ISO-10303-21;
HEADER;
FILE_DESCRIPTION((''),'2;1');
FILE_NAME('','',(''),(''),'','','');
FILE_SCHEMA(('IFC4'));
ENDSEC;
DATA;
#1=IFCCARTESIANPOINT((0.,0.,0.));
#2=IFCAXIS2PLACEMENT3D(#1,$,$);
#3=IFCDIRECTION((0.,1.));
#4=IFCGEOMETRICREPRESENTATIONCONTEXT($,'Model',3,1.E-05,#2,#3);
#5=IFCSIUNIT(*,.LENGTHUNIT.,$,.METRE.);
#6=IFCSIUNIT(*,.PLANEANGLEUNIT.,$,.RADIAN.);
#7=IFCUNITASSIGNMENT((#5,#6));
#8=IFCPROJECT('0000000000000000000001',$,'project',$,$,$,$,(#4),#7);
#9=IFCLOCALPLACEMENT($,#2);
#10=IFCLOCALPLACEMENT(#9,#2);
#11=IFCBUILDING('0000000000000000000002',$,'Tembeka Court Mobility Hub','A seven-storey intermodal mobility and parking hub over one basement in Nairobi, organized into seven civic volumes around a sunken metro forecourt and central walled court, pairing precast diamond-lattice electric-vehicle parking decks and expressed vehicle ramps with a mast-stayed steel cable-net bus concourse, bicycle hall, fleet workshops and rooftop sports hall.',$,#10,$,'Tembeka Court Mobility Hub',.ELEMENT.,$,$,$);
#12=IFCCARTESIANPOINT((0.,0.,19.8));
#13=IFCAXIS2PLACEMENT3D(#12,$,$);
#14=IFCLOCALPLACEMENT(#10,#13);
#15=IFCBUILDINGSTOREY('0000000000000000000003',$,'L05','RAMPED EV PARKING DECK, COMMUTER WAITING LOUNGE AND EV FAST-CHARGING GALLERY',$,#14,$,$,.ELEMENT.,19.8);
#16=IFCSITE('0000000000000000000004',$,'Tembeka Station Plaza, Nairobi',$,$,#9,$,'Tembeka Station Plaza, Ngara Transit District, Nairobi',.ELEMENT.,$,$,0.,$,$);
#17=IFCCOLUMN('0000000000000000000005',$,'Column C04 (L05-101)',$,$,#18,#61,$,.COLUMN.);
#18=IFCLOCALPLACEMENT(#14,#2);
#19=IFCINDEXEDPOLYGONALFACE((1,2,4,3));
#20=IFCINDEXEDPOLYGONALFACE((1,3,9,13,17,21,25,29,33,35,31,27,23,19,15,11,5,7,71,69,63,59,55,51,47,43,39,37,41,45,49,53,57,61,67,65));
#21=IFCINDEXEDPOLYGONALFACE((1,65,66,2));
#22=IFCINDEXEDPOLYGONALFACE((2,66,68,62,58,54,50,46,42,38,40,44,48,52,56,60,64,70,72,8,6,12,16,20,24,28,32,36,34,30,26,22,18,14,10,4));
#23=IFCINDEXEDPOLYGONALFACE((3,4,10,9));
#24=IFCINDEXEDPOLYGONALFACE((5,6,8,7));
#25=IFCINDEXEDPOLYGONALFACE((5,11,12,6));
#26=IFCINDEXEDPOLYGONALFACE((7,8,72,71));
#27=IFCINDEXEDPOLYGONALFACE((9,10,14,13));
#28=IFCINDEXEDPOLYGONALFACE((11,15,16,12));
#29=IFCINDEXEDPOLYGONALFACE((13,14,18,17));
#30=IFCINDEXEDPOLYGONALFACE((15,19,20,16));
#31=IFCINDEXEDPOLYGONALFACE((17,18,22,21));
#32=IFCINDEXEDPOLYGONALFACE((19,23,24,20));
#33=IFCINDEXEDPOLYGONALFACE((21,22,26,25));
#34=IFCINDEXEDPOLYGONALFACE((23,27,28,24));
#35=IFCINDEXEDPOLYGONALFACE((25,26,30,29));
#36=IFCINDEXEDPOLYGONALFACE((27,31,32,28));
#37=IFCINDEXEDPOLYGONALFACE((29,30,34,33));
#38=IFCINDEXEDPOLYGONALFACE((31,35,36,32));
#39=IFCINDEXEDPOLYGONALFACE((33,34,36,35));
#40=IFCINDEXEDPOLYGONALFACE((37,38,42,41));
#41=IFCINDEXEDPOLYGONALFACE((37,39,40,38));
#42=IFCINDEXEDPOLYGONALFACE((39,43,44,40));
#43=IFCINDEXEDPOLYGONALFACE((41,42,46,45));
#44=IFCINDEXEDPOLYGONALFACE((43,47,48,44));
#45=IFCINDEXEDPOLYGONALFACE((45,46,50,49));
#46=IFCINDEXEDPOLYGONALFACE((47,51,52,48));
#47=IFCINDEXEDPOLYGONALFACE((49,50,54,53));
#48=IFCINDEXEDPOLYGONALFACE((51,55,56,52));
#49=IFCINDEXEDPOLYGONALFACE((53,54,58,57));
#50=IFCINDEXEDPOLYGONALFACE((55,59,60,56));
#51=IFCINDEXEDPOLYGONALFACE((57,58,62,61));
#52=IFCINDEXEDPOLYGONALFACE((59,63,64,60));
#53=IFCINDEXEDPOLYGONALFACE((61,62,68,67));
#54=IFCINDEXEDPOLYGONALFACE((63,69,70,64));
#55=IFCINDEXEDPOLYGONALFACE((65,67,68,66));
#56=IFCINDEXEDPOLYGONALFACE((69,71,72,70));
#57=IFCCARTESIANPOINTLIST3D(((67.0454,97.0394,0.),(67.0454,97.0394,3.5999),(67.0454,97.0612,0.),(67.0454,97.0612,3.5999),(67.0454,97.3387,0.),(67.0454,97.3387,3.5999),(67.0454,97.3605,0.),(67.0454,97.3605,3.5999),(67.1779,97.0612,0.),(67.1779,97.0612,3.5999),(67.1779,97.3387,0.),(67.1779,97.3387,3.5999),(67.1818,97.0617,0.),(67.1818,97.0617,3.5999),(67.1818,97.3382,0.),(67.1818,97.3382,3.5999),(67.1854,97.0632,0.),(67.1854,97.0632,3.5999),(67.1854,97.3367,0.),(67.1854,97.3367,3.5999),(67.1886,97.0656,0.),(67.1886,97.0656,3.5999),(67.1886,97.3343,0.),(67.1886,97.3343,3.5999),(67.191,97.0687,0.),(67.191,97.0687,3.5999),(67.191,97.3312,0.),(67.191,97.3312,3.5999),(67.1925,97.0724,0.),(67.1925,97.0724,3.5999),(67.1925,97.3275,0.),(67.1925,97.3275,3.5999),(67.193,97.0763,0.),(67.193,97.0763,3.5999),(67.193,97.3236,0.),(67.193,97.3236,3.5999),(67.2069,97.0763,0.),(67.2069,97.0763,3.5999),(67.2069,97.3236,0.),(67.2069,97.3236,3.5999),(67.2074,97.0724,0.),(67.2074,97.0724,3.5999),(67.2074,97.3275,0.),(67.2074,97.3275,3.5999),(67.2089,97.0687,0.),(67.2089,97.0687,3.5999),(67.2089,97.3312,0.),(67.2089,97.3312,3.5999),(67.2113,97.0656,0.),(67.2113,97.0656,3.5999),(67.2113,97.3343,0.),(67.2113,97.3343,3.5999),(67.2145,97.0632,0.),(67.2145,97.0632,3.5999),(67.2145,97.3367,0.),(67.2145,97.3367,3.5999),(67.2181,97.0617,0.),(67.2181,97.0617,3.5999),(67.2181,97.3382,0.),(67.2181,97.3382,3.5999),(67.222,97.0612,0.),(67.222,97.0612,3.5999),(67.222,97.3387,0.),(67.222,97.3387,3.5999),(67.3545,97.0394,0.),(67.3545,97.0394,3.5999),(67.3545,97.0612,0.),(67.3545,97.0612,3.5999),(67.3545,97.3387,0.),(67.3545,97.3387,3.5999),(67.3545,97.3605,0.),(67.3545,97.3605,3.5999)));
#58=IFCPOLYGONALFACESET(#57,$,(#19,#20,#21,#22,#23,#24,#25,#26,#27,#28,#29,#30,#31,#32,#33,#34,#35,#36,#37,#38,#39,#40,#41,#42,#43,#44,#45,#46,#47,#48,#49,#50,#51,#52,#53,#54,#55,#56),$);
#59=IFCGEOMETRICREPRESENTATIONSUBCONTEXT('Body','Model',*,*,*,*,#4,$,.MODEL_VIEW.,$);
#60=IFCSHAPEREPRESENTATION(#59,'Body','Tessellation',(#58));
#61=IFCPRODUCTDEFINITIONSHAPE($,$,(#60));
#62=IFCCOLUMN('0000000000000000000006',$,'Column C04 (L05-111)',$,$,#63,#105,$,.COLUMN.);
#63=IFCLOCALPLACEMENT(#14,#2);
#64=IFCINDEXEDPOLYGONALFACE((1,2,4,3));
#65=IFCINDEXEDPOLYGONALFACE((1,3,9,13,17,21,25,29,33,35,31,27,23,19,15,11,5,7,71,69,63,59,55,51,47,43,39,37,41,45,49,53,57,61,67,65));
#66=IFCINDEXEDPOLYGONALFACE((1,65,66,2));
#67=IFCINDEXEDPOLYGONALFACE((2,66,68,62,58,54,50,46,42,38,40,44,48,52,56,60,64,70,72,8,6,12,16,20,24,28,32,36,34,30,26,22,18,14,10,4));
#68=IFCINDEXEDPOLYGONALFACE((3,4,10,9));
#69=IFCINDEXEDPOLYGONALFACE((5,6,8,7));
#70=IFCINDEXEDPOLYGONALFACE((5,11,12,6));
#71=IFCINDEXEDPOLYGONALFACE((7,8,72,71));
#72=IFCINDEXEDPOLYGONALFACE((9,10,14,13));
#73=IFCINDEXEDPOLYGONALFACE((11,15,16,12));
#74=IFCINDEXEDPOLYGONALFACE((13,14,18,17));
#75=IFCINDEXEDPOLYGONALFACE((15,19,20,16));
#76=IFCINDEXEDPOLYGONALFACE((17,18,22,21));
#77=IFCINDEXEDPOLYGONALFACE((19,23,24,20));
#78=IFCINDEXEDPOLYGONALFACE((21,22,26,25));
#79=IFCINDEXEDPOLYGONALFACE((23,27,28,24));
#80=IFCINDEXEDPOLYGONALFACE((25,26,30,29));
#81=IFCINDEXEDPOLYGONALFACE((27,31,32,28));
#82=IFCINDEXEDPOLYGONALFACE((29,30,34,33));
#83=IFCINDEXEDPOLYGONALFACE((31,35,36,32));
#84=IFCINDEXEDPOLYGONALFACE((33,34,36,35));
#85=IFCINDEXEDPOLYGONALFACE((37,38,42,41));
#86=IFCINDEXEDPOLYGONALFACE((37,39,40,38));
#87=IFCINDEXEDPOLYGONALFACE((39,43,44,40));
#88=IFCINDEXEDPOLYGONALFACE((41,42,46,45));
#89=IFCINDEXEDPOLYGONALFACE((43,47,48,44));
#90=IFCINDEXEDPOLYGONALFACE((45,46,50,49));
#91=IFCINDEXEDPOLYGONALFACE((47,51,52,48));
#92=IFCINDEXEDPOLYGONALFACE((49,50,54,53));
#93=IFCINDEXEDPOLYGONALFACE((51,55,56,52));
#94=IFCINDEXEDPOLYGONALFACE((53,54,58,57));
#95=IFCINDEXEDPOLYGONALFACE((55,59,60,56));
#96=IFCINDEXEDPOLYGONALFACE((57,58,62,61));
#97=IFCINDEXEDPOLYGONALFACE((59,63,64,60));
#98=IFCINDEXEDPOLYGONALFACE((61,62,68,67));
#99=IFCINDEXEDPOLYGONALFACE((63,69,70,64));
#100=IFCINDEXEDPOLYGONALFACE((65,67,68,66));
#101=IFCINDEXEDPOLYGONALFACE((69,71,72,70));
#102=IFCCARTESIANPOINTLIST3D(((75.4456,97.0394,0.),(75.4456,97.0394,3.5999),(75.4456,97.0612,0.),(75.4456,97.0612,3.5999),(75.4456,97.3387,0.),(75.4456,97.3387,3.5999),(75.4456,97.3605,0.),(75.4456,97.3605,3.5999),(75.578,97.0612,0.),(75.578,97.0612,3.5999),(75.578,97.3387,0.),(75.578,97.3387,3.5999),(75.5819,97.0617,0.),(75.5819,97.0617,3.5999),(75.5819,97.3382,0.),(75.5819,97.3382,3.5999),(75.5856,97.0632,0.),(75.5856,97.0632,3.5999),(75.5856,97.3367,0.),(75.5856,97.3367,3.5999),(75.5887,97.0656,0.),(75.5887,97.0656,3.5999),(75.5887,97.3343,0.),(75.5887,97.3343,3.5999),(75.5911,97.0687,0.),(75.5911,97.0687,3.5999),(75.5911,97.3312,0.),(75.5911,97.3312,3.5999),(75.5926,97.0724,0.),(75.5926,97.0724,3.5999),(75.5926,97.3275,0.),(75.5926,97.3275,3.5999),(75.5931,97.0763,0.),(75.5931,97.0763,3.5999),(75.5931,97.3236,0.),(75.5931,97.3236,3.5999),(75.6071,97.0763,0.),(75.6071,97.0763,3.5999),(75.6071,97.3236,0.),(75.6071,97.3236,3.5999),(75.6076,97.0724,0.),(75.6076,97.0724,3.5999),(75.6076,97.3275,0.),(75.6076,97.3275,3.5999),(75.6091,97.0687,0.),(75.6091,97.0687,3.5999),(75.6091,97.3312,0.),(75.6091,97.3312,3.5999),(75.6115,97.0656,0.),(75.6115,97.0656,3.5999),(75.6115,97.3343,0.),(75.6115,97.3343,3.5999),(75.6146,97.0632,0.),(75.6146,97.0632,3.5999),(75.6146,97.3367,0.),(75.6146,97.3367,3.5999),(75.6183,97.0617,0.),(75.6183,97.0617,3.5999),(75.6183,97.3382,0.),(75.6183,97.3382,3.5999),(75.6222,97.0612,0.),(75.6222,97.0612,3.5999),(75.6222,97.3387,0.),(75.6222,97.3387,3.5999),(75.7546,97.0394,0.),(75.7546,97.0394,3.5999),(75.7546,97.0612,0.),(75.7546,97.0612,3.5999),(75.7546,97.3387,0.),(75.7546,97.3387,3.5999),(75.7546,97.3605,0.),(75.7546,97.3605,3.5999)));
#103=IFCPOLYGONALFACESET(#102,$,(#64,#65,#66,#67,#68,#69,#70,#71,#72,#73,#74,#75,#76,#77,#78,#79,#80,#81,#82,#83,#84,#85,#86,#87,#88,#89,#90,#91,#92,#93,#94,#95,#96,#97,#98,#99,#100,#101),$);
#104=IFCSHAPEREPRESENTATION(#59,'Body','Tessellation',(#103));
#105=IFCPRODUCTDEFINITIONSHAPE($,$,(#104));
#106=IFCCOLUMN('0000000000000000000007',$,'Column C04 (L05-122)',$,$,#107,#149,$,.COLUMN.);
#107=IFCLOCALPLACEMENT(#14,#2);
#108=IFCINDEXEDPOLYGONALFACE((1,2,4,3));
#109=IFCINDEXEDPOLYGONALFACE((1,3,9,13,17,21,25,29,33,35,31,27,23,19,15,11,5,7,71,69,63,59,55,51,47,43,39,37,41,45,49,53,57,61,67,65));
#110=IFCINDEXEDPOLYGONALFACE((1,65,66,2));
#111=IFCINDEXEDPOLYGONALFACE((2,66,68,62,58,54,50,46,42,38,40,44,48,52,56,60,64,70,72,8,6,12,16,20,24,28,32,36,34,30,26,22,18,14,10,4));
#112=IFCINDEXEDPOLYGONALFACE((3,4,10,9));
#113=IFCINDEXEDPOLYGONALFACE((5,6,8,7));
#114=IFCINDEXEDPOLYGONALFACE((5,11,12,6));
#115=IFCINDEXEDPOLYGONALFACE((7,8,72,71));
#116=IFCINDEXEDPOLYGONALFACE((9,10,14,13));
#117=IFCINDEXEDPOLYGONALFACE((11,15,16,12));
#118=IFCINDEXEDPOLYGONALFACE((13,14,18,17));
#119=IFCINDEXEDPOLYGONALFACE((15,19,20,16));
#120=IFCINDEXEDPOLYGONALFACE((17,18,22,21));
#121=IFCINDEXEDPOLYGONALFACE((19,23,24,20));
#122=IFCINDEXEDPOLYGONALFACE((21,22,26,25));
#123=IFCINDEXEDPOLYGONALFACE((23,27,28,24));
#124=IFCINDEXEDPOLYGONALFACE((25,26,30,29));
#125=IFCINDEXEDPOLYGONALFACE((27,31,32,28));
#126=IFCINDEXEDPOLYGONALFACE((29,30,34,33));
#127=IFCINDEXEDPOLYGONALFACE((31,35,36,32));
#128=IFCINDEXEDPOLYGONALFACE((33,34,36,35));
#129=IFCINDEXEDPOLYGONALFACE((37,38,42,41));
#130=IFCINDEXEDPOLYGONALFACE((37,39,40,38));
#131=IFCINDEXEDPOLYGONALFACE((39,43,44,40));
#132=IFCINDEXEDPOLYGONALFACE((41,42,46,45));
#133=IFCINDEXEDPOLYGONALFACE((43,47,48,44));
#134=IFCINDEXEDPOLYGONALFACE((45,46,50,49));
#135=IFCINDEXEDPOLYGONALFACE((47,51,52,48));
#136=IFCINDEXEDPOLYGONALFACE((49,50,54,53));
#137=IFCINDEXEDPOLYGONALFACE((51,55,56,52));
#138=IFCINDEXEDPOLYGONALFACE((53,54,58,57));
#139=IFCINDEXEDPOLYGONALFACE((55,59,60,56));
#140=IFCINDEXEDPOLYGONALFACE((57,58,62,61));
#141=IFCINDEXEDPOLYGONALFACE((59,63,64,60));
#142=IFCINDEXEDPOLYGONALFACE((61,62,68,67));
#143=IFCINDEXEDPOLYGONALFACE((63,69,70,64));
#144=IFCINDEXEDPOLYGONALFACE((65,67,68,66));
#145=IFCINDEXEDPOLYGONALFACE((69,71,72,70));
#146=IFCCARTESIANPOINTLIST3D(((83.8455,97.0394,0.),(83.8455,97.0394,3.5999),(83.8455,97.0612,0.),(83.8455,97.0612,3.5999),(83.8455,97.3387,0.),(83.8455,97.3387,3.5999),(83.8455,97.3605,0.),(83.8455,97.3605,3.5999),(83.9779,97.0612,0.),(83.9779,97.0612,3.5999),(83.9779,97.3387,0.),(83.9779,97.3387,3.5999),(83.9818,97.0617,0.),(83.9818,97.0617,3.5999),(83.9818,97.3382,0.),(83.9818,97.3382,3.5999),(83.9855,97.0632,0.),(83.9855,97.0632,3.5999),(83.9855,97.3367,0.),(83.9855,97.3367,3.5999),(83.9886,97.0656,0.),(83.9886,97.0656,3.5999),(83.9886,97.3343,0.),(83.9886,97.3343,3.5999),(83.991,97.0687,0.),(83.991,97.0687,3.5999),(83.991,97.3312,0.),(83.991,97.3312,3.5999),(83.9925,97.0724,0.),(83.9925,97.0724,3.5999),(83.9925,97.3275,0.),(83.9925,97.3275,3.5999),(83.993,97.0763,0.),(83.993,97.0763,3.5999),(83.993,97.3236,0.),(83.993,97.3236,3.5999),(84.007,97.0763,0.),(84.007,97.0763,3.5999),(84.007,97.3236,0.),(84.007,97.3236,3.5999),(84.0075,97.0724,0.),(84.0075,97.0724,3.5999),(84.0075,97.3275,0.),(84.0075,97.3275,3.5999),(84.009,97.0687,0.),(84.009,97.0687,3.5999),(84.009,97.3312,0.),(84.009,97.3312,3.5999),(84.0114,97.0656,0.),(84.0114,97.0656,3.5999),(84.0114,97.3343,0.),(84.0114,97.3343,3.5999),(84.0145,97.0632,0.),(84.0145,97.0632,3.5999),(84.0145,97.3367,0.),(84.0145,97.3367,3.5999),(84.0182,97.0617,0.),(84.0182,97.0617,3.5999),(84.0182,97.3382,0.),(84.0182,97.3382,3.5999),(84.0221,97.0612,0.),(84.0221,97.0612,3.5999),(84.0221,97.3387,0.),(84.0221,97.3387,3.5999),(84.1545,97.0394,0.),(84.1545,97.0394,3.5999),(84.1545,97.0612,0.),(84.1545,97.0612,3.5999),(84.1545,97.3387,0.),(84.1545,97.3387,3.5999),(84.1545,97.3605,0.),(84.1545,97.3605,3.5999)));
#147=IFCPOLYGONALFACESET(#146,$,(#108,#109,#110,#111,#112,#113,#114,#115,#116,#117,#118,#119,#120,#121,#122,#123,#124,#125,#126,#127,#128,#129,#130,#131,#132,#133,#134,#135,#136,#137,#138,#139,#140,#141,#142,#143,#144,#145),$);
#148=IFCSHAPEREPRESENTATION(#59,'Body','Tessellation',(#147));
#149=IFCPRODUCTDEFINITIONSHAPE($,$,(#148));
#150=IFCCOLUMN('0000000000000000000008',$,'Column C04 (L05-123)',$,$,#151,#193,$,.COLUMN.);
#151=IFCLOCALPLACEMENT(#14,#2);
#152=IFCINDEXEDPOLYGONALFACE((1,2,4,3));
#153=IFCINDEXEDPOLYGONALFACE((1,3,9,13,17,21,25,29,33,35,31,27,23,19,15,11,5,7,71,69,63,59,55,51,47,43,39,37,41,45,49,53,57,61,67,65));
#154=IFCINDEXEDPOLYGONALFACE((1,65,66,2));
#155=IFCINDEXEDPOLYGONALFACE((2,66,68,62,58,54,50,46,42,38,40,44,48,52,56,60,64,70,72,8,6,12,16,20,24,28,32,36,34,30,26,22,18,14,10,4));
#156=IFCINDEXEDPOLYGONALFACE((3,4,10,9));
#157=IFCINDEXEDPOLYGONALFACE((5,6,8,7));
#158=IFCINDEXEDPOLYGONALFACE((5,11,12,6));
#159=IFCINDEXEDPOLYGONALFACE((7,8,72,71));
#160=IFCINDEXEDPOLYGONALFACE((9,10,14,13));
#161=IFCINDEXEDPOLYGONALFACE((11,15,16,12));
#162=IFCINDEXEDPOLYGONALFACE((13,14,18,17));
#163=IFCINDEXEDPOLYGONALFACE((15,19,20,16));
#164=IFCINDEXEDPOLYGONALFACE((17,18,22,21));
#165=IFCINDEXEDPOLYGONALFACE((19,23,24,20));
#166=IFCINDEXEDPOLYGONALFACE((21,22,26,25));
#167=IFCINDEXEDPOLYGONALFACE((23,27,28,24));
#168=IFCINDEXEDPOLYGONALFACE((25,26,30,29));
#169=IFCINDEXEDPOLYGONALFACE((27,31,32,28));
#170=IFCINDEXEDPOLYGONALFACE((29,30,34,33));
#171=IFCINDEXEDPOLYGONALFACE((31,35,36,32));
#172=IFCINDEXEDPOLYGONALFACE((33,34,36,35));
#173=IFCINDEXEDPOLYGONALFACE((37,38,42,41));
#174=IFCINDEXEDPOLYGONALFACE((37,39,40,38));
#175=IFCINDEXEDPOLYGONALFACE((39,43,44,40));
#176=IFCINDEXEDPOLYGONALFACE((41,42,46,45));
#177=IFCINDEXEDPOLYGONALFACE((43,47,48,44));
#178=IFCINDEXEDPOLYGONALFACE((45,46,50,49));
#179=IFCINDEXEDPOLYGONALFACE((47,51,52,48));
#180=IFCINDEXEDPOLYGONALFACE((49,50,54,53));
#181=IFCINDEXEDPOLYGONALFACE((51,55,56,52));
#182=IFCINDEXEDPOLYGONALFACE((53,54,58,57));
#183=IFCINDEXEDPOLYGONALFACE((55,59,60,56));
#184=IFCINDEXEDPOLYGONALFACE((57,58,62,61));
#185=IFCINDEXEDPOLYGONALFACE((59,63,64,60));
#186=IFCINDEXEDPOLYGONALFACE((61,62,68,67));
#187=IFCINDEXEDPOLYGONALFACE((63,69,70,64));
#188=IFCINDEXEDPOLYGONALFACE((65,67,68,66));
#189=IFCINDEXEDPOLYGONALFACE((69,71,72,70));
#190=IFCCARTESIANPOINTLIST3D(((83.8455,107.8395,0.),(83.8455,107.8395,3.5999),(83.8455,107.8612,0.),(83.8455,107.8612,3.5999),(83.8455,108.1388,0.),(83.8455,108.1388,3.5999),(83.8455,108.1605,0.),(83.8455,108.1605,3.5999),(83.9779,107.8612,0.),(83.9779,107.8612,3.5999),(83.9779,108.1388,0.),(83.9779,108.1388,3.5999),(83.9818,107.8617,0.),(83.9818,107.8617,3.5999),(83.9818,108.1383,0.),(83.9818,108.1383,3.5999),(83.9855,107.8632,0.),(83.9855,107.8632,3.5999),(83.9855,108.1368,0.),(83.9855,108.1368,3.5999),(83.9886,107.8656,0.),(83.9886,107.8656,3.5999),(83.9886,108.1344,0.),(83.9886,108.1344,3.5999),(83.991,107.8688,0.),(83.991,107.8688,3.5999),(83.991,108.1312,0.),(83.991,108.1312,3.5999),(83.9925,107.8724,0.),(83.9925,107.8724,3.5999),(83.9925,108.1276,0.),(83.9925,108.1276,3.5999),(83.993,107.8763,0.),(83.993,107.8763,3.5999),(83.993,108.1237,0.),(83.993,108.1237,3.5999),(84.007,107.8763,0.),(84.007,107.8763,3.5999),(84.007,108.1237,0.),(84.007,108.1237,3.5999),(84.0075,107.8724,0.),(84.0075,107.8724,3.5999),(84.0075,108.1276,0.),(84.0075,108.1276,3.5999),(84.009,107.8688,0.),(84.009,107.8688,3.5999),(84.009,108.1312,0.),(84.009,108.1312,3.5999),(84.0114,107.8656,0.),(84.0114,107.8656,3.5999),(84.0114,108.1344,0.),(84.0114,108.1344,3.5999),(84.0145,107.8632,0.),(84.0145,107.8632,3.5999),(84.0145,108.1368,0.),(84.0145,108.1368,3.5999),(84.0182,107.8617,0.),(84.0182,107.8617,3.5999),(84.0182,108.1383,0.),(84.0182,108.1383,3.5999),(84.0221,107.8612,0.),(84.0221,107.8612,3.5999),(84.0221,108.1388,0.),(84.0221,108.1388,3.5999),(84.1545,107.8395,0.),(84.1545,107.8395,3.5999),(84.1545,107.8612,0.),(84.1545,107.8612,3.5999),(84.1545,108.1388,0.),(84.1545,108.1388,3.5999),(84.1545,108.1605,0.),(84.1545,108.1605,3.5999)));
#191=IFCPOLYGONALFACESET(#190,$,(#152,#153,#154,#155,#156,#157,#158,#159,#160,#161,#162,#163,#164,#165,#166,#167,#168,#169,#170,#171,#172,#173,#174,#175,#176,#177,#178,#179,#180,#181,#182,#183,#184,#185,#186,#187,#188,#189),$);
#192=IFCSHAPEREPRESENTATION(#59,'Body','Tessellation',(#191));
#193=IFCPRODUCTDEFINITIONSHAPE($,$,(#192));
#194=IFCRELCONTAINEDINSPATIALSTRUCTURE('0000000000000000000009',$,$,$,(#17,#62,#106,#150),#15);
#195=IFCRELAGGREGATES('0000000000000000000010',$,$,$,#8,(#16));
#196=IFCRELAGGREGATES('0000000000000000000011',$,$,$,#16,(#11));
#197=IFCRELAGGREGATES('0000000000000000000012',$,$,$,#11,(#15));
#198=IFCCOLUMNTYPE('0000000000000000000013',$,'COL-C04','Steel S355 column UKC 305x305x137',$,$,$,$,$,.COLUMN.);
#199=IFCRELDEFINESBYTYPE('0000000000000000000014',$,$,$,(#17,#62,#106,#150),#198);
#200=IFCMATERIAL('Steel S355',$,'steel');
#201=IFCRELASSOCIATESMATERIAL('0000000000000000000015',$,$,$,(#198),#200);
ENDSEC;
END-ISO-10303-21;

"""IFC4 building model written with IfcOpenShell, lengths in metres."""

from ifc_helpers import new_model, si_unit, direction, frame, origin, origin_2d, place, context, subcontext, project, spatial, i_section, extrude, material, material_profile, profile_set, type_object, element, save


model = new_model("IFC4")

# Units and contexts
model_context = context("Model", 3, precision=1e-05, world=origin(), true_north=direction((0.0, 1.0)))
body_context = subcontext(model_context, "Body", "Model", "MODEL_VIEW")
ifc_project = project(units=[si_unit("LENGTHUNIT", "METRE"), si_unit("PLANEANGLEUNIT", "RADIAN")], contexts=[model_context])

# Site, building, storey
site_placement = place(None, origin())
site = spatial("IfcSite", under=ifc_project, at=site_placement, Name="Tembeka Station Plaza, Nairobi", LongName="Tembeka Station Plaza, Ngara Transit District, Nairobi", CompositionType="ELEMENT", RefElevation=0.0)
building_placement = place(site_placement, origin())
building = spatial("IfcBuilding", under=site, at=building_placement, Name="Tembeka Court Mobility Hub", Description="A seven-storey intermodal mobility and parking hub over one basement in Nairobi, organized into seven civic volumes around a sunken metro forecourt and central walled court, pairing precast diamond-lattice electric-vehicle parking decks and expressed vehicle ramps with a mast-stayed steel cable-net bus concourse, bicycle hall, fleet workshops and rooftop sports hall.", LongName="Tembeka Court Mobility Hub", CompositionType="ELEMENT")
storey_placement = place(building_placement, frame((0.0, 0.0, 19.8)))
storey = spatial("IfcBuildingStorey", under=building, at=storey_placement, Name="L05", Description="RAMPED EV PARKING DECK, COMMUTER WAITING LOUNGE AND EV FAST-CHARGING GALLERY", CompositionType="ELEMENT", Elevation=19.8)

# Columns
ifc_material_1 = material(Name="Steel S355", Category="steel")
ifc_material_profile_1 = material_profile(ifc_material_1, i_section(OverallWidth=0.3091, OverallDepth=0.321, WebThickness=0.0139, FlangeThickness=0.0217, FilletRadius=0.0151, at=origin_2d()), Name="UKC 305x305x137")
ifc_profile_set_1 = profile_set([ifc_material_profile_1], Name="Steel S355")
column_type_1 = type_object("IfcColumnType", Name="COL-C04", Description="Steel S355 column UKC 305x305x137", PredefinedType="COLUMN", material=ifc_profile_set_1)
for number, where, z_axis, x_axis, name in (
    (1, (67.2, 97.2, 0.0), (0.0, 0.0, 1.0), (1.0, 0.0, 0.0), "Column C04 (L05-101)"),
    (2, (75.6001, 97.2, 0.0), (0.0, 0.0, 1.0), (1.0, 0.0, 0.0), "Column C04 (L05-111)"),
    (3, (84.0, 97.2, 0.0), (0.0, 0.0, 1.0), (1.0, 0.0, 0.0), "Column C04 (L05-122)"),
    (4, (84.0, 108.0, 0.0), (0.0, 0.0, 1.0), (1.0, 0.0, 0.0), "Column C04 (L05-123)"),
):
    element("IfcColumn", number, at=place(storey_placement, frame(where, z_axis=z_axis, x_axis=x_axis)), inside=storey, type_object=column_type_1, Name=name, PredefinedType="COLUMN", context=body_context, shape_type="SweptSolid", body=[
        extrude(i_section(OverallWidth=0.3091, OverallDepth=0.321, WebThickness=0.0139, FlangeThickness=0.0217, FilletRadius=0.0151, at=origin_2d()), origin(), (0.0, 0.0, 1.0), 3.5999),
    ])

save(model, "model.ifc")
